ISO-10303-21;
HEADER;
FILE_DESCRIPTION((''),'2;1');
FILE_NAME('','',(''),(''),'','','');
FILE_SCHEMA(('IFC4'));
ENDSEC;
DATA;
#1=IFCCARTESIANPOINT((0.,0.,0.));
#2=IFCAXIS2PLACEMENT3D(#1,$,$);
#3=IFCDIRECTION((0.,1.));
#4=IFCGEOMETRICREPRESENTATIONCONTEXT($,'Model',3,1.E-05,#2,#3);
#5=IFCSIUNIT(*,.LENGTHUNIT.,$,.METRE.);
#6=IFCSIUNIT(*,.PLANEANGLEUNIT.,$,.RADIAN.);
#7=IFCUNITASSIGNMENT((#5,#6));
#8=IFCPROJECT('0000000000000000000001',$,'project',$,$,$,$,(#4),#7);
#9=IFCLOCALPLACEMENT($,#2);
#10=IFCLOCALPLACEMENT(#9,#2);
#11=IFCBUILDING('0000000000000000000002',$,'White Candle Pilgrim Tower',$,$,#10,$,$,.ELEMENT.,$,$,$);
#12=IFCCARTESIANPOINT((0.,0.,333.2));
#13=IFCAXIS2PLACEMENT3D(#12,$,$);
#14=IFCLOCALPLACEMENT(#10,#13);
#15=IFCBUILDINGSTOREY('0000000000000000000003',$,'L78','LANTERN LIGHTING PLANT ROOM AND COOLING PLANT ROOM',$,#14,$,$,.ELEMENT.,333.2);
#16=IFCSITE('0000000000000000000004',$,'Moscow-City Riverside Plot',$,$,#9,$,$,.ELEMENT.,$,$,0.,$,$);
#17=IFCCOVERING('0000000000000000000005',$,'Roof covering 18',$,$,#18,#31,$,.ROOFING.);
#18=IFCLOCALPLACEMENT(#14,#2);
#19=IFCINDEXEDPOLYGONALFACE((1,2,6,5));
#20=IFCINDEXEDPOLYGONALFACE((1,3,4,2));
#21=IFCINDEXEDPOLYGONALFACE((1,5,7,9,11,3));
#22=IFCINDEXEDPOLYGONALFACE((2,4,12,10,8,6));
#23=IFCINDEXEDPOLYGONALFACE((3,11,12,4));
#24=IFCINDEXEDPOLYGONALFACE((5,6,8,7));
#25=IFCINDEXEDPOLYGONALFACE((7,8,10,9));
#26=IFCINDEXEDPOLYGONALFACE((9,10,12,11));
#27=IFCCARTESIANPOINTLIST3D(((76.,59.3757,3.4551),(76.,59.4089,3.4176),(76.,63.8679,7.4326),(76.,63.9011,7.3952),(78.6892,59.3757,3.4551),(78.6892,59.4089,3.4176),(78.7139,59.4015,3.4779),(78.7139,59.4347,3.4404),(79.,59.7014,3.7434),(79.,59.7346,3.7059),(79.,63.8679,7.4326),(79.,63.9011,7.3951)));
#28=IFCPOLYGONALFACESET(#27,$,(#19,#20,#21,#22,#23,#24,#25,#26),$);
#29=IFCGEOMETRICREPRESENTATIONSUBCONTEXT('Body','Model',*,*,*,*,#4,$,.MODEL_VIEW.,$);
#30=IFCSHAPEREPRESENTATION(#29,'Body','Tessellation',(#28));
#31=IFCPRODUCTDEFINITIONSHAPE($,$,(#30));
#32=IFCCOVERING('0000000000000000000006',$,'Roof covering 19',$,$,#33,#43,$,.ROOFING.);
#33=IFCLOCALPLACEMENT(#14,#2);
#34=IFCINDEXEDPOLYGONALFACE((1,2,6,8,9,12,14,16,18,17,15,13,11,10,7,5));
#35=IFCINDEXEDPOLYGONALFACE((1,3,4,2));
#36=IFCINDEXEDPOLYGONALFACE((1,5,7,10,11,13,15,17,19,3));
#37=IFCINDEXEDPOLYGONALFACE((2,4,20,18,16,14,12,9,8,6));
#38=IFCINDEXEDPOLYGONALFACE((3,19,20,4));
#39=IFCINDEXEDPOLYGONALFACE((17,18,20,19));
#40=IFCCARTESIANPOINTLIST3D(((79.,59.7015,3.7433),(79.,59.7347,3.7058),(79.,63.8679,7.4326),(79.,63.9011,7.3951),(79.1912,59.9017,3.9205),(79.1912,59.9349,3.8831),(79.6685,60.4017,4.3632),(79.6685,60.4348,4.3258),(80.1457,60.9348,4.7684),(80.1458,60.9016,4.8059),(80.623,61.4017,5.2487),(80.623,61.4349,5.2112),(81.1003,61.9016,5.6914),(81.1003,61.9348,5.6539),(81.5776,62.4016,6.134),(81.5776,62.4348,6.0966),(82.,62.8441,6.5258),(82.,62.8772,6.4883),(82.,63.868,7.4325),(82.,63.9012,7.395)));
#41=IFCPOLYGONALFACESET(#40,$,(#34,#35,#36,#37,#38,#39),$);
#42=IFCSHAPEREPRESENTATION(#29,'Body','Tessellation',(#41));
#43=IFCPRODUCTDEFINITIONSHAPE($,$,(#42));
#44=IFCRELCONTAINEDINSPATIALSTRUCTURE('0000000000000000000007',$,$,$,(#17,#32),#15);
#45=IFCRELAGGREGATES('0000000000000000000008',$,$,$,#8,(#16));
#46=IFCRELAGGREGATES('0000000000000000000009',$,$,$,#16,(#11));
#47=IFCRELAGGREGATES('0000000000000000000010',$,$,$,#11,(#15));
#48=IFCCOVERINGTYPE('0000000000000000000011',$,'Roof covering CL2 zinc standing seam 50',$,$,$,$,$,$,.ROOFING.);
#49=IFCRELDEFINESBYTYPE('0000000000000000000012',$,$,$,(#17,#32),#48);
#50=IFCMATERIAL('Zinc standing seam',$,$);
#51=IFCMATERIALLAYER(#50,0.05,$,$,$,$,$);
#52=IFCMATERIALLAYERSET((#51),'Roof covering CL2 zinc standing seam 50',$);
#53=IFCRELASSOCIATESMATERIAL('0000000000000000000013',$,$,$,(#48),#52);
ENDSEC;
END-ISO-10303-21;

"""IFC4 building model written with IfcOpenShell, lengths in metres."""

from ifc_helpers import new_model, si_unit, direction, frame, origin, place, context, subcontext, project, spatial, polyline, outline, extrude, material, layer, layer_set, type_object, element, save


model = new_model("IFC4")

# Units and contexts
model_context = context("Model", 3, precision=1e-05, world=origin(), true_north=direction((0.0, 1.0)))
body_context = subcontext(model_context, "Body", "Model", "MODEL_VIEW")
ifc_project = project(units=[si_unit("LENGTHUNIT", "METRE"), si_unit("PLANEANGLEUNIT", "RADIAN")], contexts=[model_context])

# Site, building, storey
site_placement = place(None, origin())
site = spatial("IfcSite", under=ifc_project, at=site_placement, Name="Moscow-City Riverside Plot", CompositionType="ELEMENT", RefElevation=0.0)
building_placement = place(site_placement, origin())
building = spatial("IfcBuilding", under=site, at=building_placement, Name="White Candle Pilgrim Tower", CompositionType="ELEMENT")
storey_placement = place(building_placement, frame((0.0, 0.0, 333.2)))
storey = spatial("IfcBuildingStorey", under=building, at=storey_placement, Name="L78", Description="LANTERN LIGHTING PLANT ROOM AND COOLING PLANT ROOM", CompositionType="ELEMENT", Elevation=333.2)

# Coverings
ifc_material_1 = material(Name="Zinc standing seam")
ifc_layer_1 = layer(ifc_material_1, 0.05)
ifc_layer_set_1 = layer_set([ifc_layer_1], Name="Roof covering CL2 zinc standing seam 50")
covering_type = type_object("IfcCoveringType", Name="Roof covering CL2 zinc standing seam 50", PredefinedType="ROOFING", material=ifc_layer_set_1)
covering_1_placement = place(storey_placement, frame((76.0, 59.3757, 3.4551), z_axis=(0.000007, -0.662919, 0.748691), x_axis=(0.0, 0.748691, 0.662919)))
element("IfcCovering", 1, at=covering_1_placement, inside=storey, type_object=covering_type, Name="Roof covering 18", PredefinedType="ROOFING", context=body_context, shape_type="SweptSolid", body=[
    extrude(outline(polyline([(0.0, 0.0), (6.0, 0.0), (6.0, -3.0), (0.435, -3.0), (0.0344, -2.7139), (0.0, -2.6892), (0.0, 0.0)])), origin(), (0.0, 0.0, -1.0), 0.05),
])
covering_2_placement = place(storey_placement, frame((79.0, 63.8679, 7.4326), z_axis=(0.000045, -0.662943, 0.74867), x_axis=(1.0, 0.00003, -0.000034)))
element("IfcCovering", 2, at=covering_2_placement, inside=storey, type_object=covering_type, Name="Roof covering 19", PredefinedType="ROOFING", context=body_context, shape_type="SweptSolid", body=[
    extrude(outline(polyline([(0.0, 0.0), (3.0, 0.0), (3.0, -1.3677), (2.5776, -1.9587), (2.1003, -2.6264), (1.623, -3.2942), (1.1458, -3.9621), (0.6685, -4.6299), (0.1912, -5.2977), (0.0, -5.5651), (0.0, 0.0)])), origin(), (0.0, 0.0, -1.0), 0.05),
])

save(model, "model.ifc")
